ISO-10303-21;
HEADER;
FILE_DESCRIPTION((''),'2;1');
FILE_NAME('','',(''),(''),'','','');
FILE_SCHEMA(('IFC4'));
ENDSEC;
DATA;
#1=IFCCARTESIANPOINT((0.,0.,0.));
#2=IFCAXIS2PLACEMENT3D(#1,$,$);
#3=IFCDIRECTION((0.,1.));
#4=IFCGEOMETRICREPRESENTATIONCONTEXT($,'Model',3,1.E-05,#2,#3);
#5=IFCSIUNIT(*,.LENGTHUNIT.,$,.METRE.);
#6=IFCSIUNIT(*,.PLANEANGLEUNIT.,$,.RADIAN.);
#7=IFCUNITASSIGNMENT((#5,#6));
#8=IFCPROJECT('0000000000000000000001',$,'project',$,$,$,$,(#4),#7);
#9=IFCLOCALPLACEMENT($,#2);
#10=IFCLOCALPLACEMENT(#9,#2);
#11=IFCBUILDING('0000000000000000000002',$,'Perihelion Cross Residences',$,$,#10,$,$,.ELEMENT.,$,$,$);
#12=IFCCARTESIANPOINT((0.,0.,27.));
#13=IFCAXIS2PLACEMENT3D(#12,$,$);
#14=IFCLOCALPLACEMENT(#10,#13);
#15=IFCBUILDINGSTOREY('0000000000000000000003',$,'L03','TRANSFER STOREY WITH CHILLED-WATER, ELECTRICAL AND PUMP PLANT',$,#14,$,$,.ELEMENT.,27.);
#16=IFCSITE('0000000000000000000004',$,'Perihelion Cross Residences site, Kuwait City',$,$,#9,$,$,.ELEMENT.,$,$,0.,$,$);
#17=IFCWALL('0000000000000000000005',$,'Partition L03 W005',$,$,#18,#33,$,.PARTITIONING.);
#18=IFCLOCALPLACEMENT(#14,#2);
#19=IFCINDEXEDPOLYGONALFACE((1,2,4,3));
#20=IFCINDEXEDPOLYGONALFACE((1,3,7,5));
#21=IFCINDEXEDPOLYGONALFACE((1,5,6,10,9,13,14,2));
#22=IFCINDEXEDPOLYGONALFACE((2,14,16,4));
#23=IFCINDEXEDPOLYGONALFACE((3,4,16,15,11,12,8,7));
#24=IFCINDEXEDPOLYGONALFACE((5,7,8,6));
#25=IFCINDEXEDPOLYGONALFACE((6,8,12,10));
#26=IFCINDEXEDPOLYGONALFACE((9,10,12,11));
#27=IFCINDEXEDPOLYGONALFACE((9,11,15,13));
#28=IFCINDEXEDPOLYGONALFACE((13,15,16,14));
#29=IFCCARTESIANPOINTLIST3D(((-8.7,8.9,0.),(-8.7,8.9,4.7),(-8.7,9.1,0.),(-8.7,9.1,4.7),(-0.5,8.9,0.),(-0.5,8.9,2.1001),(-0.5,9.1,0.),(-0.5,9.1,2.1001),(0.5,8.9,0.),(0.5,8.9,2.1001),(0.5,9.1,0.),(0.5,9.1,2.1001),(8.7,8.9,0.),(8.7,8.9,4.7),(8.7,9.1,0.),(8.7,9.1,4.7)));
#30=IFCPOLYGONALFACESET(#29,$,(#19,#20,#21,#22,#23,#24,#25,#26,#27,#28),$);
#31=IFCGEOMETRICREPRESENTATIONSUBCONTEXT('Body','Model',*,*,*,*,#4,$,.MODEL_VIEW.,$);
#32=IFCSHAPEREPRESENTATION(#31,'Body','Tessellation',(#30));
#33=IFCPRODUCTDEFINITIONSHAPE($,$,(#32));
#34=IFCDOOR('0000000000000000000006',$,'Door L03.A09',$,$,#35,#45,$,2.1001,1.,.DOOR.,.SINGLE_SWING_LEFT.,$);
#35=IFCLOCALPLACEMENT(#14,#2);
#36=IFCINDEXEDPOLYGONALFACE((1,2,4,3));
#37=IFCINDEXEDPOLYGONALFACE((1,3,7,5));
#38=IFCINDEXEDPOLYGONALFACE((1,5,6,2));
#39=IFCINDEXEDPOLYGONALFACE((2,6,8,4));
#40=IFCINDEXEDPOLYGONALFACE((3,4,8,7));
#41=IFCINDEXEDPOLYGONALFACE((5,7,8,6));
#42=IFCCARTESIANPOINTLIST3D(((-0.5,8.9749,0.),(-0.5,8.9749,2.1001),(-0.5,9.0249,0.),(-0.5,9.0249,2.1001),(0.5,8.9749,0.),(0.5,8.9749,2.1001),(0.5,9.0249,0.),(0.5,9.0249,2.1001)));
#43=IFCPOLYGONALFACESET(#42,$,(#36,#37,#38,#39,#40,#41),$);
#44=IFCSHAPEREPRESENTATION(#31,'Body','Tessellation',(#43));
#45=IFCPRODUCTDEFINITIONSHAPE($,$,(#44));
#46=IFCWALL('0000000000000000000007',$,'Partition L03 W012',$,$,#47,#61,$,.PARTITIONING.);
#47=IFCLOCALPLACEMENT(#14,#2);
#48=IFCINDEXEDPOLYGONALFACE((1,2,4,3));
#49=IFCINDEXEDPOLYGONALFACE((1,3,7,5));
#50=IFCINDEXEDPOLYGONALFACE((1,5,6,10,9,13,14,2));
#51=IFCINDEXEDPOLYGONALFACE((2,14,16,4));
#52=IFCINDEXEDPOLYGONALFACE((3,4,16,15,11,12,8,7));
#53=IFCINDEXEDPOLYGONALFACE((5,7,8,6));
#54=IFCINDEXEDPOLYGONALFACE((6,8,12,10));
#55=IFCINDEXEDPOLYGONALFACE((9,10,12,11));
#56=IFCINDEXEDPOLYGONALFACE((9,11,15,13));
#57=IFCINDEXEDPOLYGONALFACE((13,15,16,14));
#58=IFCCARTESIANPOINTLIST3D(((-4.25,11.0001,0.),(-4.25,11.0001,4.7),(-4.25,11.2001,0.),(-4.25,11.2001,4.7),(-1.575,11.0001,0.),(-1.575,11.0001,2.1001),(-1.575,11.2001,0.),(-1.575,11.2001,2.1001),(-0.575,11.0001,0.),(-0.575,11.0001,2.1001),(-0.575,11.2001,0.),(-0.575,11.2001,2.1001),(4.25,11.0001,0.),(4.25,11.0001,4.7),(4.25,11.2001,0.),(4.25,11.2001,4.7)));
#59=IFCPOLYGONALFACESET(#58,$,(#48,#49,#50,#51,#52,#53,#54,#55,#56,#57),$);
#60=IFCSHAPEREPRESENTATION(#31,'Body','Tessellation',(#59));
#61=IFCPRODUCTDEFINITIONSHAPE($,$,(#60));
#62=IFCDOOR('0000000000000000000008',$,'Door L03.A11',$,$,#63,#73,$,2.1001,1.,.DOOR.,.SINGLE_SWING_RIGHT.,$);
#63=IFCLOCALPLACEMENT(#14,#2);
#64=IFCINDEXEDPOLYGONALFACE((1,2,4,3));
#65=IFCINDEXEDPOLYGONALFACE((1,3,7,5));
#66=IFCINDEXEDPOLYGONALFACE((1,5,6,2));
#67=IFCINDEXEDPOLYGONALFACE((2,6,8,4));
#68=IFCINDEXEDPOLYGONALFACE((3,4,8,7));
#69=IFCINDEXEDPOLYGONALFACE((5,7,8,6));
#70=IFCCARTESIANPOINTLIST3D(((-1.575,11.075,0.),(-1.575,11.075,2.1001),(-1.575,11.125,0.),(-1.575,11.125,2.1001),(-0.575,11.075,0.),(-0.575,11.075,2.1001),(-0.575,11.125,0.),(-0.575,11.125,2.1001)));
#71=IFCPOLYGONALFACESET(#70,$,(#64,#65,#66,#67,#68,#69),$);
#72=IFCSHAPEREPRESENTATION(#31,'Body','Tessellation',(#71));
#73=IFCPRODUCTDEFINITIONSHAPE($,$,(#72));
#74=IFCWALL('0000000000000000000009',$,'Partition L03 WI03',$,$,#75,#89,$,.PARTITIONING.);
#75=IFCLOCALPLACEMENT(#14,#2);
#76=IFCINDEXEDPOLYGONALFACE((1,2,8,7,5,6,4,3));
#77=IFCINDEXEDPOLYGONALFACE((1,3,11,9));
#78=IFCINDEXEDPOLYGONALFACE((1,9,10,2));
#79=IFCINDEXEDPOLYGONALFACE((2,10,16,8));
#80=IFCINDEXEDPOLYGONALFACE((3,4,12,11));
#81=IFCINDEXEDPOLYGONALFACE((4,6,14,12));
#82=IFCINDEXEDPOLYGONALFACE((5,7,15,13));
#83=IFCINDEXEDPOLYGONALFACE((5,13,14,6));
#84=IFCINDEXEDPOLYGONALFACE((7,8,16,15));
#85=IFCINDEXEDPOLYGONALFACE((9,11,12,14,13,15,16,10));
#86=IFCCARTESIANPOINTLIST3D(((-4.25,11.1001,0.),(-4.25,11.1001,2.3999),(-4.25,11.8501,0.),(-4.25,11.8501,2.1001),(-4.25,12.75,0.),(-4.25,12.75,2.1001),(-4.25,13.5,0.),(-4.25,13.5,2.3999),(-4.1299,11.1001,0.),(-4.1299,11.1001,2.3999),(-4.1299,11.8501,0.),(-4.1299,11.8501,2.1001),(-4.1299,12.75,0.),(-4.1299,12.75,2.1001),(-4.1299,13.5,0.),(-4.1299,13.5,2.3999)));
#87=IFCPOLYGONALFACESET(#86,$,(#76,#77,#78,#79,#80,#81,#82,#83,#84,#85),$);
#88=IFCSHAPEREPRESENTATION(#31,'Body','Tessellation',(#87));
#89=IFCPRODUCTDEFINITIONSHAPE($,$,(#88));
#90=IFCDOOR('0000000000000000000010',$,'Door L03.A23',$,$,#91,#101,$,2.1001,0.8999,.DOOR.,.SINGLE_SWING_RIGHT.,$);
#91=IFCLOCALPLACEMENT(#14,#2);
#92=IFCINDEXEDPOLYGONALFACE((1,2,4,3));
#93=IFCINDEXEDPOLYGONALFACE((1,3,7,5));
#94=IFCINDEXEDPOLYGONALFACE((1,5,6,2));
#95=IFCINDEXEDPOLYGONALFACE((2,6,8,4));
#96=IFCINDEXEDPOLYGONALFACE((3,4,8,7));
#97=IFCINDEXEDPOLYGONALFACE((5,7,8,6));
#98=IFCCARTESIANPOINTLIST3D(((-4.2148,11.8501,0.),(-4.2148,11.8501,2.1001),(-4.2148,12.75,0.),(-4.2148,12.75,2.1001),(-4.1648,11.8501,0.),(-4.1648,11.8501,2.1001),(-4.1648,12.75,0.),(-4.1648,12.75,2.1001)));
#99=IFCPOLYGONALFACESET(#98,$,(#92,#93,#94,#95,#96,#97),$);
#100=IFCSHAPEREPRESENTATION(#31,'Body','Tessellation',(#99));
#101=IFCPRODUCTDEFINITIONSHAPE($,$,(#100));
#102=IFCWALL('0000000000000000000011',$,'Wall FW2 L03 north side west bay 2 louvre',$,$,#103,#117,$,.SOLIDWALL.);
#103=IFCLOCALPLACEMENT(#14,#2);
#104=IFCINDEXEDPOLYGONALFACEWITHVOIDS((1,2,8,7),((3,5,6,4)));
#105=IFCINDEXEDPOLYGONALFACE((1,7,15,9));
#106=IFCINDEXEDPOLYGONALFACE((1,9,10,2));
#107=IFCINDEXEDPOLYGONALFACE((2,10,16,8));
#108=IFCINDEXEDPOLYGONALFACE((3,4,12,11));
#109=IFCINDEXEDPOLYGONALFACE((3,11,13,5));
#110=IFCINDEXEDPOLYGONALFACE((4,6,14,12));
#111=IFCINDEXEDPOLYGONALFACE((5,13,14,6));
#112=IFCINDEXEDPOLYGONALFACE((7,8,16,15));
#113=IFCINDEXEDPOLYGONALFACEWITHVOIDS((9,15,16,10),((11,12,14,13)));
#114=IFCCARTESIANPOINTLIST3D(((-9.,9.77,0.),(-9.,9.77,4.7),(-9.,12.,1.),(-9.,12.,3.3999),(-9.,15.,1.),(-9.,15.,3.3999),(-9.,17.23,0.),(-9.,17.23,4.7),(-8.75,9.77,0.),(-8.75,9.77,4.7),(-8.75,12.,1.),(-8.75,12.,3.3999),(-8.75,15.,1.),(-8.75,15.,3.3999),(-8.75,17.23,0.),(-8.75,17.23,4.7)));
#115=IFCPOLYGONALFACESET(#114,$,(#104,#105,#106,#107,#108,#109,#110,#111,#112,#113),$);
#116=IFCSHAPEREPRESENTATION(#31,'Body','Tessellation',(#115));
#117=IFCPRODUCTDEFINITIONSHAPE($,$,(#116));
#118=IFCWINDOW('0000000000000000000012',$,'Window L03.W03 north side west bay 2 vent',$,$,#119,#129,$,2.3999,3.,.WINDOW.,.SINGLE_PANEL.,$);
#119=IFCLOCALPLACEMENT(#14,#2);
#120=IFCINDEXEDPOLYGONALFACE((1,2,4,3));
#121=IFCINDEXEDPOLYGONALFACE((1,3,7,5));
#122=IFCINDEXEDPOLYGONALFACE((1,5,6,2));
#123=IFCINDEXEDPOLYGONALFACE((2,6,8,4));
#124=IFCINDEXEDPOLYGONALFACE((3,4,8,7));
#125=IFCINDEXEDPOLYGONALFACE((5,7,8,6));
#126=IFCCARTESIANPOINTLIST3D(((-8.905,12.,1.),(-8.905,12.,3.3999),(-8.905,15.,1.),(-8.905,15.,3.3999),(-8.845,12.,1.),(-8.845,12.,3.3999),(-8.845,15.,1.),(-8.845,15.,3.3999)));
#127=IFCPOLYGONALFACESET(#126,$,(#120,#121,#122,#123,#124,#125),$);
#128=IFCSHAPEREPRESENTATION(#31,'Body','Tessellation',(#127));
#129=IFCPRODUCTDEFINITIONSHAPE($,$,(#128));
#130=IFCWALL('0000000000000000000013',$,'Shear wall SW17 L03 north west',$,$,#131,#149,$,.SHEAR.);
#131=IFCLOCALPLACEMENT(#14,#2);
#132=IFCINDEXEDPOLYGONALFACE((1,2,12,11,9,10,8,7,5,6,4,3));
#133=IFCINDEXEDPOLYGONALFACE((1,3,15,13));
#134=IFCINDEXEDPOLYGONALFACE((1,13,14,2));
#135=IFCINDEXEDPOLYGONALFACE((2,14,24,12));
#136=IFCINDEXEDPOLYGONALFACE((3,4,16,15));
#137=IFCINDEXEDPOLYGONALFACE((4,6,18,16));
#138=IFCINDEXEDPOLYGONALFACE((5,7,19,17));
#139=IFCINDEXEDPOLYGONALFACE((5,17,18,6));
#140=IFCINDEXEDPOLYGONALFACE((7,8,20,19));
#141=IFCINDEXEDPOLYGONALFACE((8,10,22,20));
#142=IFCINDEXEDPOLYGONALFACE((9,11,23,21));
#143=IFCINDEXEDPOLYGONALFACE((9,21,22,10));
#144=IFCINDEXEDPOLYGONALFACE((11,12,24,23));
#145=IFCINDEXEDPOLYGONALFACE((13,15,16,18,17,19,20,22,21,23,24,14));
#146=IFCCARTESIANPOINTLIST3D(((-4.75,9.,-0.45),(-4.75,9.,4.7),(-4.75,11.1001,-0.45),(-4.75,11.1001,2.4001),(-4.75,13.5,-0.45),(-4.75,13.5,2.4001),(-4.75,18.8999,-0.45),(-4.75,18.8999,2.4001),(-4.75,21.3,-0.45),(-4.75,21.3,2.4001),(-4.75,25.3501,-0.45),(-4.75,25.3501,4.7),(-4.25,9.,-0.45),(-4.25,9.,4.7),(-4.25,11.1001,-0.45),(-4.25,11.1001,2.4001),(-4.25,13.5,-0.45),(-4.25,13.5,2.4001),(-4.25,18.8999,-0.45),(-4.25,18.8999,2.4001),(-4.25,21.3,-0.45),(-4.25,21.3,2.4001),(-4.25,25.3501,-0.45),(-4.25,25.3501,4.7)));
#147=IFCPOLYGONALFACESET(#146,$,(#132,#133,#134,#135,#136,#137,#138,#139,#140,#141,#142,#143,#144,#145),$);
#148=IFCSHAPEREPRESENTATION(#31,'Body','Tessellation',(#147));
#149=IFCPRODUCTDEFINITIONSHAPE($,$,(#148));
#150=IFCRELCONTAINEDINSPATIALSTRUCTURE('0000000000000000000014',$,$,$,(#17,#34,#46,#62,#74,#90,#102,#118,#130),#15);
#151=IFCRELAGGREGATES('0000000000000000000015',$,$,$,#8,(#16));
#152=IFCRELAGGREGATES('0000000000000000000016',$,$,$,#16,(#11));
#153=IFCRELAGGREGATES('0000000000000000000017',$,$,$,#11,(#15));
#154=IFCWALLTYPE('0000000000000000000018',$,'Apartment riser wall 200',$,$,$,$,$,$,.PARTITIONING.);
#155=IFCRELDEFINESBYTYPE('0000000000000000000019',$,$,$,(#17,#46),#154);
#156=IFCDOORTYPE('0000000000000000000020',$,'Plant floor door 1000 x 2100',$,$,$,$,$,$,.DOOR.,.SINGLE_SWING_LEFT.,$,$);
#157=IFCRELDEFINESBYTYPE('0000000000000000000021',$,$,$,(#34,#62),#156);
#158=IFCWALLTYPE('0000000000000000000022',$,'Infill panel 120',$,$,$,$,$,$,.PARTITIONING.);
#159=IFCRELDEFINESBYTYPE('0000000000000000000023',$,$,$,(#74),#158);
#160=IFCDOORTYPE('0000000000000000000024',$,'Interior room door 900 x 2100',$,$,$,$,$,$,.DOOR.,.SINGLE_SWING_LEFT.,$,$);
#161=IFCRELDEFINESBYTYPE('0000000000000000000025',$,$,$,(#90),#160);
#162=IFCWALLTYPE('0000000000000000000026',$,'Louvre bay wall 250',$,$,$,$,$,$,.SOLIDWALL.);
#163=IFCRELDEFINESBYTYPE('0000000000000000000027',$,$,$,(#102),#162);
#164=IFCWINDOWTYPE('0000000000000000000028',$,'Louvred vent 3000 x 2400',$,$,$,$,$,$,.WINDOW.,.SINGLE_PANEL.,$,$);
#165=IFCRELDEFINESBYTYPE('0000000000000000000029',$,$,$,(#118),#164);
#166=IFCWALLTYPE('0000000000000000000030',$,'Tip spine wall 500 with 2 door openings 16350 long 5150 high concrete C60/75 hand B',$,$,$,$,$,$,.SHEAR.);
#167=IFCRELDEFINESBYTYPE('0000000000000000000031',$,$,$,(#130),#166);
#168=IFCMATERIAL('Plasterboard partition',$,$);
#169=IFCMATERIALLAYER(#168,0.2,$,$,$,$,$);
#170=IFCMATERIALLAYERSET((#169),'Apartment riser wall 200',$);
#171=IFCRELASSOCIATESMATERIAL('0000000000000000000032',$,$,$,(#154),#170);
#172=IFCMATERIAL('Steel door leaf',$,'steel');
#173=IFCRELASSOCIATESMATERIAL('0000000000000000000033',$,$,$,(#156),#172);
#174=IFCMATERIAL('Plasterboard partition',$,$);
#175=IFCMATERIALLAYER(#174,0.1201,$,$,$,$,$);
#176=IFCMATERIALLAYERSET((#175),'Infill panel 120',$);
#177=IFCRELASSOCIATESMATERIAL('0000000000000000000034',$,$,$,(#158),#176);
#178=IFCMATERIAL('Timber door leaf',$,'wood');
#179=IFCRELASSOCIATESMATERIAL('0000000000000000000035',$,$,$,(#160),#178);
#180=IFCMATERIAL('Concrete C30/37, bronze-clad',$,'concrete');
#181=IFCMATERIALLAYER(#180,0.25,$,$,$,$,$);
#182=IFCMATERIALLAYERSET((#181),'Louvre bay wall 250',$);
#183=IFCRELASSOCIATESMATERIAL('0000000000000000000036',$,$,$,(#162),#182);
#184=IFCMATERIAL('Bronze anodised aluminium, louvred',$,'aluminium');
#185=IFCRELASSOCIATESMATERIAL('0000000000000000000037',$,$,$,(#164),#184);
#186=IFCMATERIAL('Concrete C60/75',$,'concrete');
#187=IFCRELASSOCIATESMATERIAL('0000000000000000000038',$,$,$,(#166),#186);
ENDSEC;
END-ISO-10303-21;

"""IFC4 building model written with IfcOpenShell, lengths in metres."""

from ifc_helpers import new_model, si_unit, direction, frame, frame_2d, origin, place, context, subcontext, project, spatial, polyline, rectangle, outline, extrude, material, layer, layer_set, material_profile, profile_set, type_object, element, fill, save


model = new_model("IFC4")

# Units and contexts
model_context = context("Model", 3, precision=1e-05, world=origin(), true_north=direction((0.0, 1.0)))
body_context = subcontext(model_context, "Body", "Model", "MODEL_VIEW")
ifc_project = project(units=[si_unit("LENGTHUNIT", "METRE"), si_unit("PLANEANGLEUNIT", "RADIAN")], contexts=[model_context])

# Site, building, storey
site_placement = place(None, origin())
site = spatial("IfcSite", under=ifc_project, at=site_placement, Name="Perihelion Cross Residences site, Kuwait City", CompositionType="ELEMENT", RefElevation=0.0)
building_placement = place(site_placement, origin())
building = spatial("IfcBuilding", under=site, at=building_placement, Name="Perihelion Cross Residences", CompositionType="ELEMENT")
storey_placement = place(building_placement, frame((0.0, 0.0, 27.0)))
storey = spatial("IfcBuildingStorey", under=building, at=storey_placement, Name="L03", Description="TRANSFER STOREY WITH CHILLED-WATER, ELECTRICAL AND PUMP PLANT", CompositionType="ELEMENT", Elevation=27.0)

# Walls, openings, doors
ifc_material_1 = material(Name="Plasterboard partition")
ifc_layer_1 = layer(ifc_material_1, 0.2)
ifc_layer_set_1 = layer_set([ifc_layer_1], Name="Apartment riser wall 200")
wall_type_1 = type_object("IfcWallType", Name="Apartment riser wall 200", PredefinedType="PARTITIONING", material=ifc_layer_set_1)
wall_1_placement = place(storey_placement, frame((-8.7, 9.0, 0.0), z_axis=(0.0, 0.0, 1.0), x_axis=(1.0, 0.0, 0.0)))
wall_1 = element("IfcWall", 1, at=wall_1_placement, inside=storey, type_object=wall_type_1, Name="Partition L03 W005", PredefinedType="PARTITIONING", context=body_context, shape_type="SweptSolid", body=[
    extrude(rectangle(XDim=17.3999, YDim=0.2, at=frame_2d((8.7, 0.0))), origin(), (0.0, 0.0, 1.0), 4.7),
])
opening_1_placement = place(wall_1_placement, frame((8.2, 0.0, 0.0)))
opening_1 = element("IfcOpeningElement", 2, at=opening_1_placement, cuts=wall_1, PredefinedType="OPENING", context=body_context, shape_type="SweptSolid", body=[
    extrude(rectangle(XDim=1.0, YDim=2.1001, at=frame_2d((0.5, 1.05))), frame((0.0, 0.1099, 0.0), z_axis=(0.0, -1.0, 0.0), x_axis=(1.0, 0.0, 0.0)), (0.0, 0.0, 1.0), 0.22),
])
ifc_material_2 = material(Name="Steel door leaf", Category="steel")
door_type_1 = type_object("IfcDoorType", Name="Plant floor door 1000 x 2100", OperationType="SINGLE_SWING_LEFT", PredefinedType="DOOR", material=ifc_material_2)
door_1_placement = place(opening_1_placement, origin())
door_1 = element("IfcDoor", 3, at=door_1_placement, inside=storey, type_object=door_type_1, Name="Door L03.A09", OperationType="SINGLE_SWING_LEFT", OverallHeight=2.1001, OverallWidth=1.0, PredefinedType="DOOR", context=body_context, shape_type="SweptSolid", body=[
    extrude(rectangle(XDim=1.0, YDim=2.1001, at=frame_2d((0.5, 1.05))), frame((0.0, 0.0249, 0.0), z_axis=(0.0, -1.0, 0.0), x_axis=(1.0, 0.0, 0.0)), (0.0, 0.0, 1.0), 0.05),
])
fill(opening_1, door_1)
wall_2_placement = place(storey_placement, frame((-4.25, 11.1001, 0.0), z_axis=(0.0, 0.0, 1.0), x_axis=(1.0, 0.0, 0.0)))
wall_2 = element("IfcWall", 4, at=wall_2_placement, inside=storey, type_object=wall_type_1, Name="Partition L03 W012", PredefinedType="PARTITIONING", context=body_context, shape_type="SweptSolid", body=[
    extrude(rectangle(XDim=8.5, YDim=0.2, at=frame_2d((4.25, 0.0))), origin(), (0.0, 0.0, 1.0), 4.7),
])
opening_2_placement = place(wall_2_placement, frame((2.675, 0.0, 0.0)))
opening_2 = element("IfcOpeningElement", 5, at=opening_2_placement, cuts=wall_2, PredefinedType="OPENING", context=body_context, shape_type="SweptSolid", body=[
    extrude(rectangle(XDim=1.0, YDim=2.1001, at=frame_2d((0.5, 1.05))), frame((0.0, 0.1099, 0.0), z_axis=(0.0, -1.0, 0.0), x_axis=(1.0, 0.0, 0.0)), (0.0, 0.0, 1.0), 0.22),
])
door_2_placement = place(opening_2_placement, origin())
door_2 = element("IfcDoor", 6, at=door_2_placement, inside=storey, type_object=door_type_1, Name="Door L03.A11", OperationType="SINGLE_SWING_RIGHT", OverallHeight=2.1001, OverallWidth=1.0, PredefinedType="DOOR", context=body_context, shape_type="SweptSolid", body=[
    extrude(rectangle(XDim=1.0, YDim=2.1001, at=frame_2d((0.5, 1.05))), frame((0.0, 0.0249, 0.0), z_axis=(0.0, -1.0, 0.0), x_axis=(1.0, 0.0, 0.0)), (0.0, 0.0, 1.0), 0.05),
])
fill(opening_2, door_2)
ifc_material_3 = material(Name="Plasterboard partition")
ifc_layer_2 = layer(ifc_material_3, 0.1201)
ifc_layer_set_2 = layer_set([ifc_layer_2], Name="Infill panel 120")
wall_type_2 = type_object("IfcWallType", Name="Infill panel 120", PredefinedType="PARTITIONING", material=ifc_layer_set_2)
wall_3_placement = place(storey_placement, frame((-4.1899, 11.1001, 0.0), z_axis=(0.0, 0.0, 1.0), x_axis=(0.0, 1.0, 0.0)))
wall_3 = element("IfcWall", 7, at=wall_3_placement, inside=storey, type_object=wall_type_2, Name="Partition L03 WI03", PredefinedType="PARTITIONING", context=body_context, shape_type="SweptSolid", body=[
    extrude(rectangle(XDim=2.3999, YDim=0.1201, at=frame_2d((1.2, 0.0))), origin(), (0.0, 0.0, 1.0), 2.3999),
])
opening_3_placement = place(wall_3_placement, frame((0.75, 0.0, 0.0)))
opening_3 = element("IfcOpeningElement", 8, at=opening_3_placement, cuts=wall_3, PredefinedType="OPENING", context=body_context, shape_type="SweptSolid", body=[
    extrude(rectangle(XDim=0.8999, YDim=2.1001, at=frame_2d((0.45, 1.05))), frame((0.0, 0.0701, 0.0), z_axis=(0.0, -1.0, 0.0), x_axis=(1.0, 0.0, 0.0)), (0.0, 0.0, 1.0), 0.1401),
])
ifc_material_4 = material(Name="Timber door leaf", Category="wood")
door_type_2 = type_object("IfcDoorType", Name="Interior room door 900 x 2100", OperationType="SINGLE_SWING_LEFT", PredefinedType="DOOR", material=ifc_material_4)
door_3_placement = place(opening_3_placement, origin())
door_3 = element("IfcDoor", 9, at=door_3_placement, inside=storey, type_object=door_type_2, Name="Door L03.A23", OperationType="SINGLE_SWING_RIGHT", OverallHeight=2.1001, OverallWidth=0.8999, PredefinedType="DOOR", context=body_context, shape_type="SweptSolid", body=[
    extrude(rectangle(XDim=0.8999, YDim=2.1001, at=frame_2d((0.45, 1.05))), frame((0.0, 0.0249, 0.0), z_axis=(0.0, -1.0, 0.0), x_axis=(1.0, 0.0, 0.0)), (0.0, 0.0, 1.0), 0.05),
])
fill(opening_3, door_3)

# Wall, opening, window
ifc_material_5 = material(Name="Concrete C30/37, bronze-clad", Category="concrete")
ifc_layer_3 = layer(ifc_material_5, 0.25)
ifc_layer_set_3 = layer_set([ifc_layer_3], Name="Louvre bay wall 250")
wall_type_3 = type_object("IfcWallType", Name="Louvre bay wall 250", PredefinedType="SOLIDWALL", material=ifc_layer_set_3)
wall_4_placement = place(storey_placement, frame((-8.875, 17.23, 0.0), z_axis=(0.0, 0.0, 1.0), x_axis=(0.0, -1.0, 0.0)))
wall_4 = element("IfcWall", 10, at=wall_4_placement, inside=storey, type_object=wall_type_3, Name="Wall FW2 L03 north side west bay 2 louvre", PredefinedType="SOLIDWALL", context=body_context, shape_type="SweptSolid", body=[
    extrude(rectangle(XDim=7.46, YDim=0.25, at=frame_2d((3.73, 0.0))), origin(), (0.0, 0.0, 1.0), 4.7),
])
opening_4_placement = place(wall_4_placement, frame((2.23, 0.0, 1.0)))
opening_4 = element("IfcOpeningElement", 11, at=opening_4_placement, cuts=wall_4, PredefinedType="OPENING", context=body_context, shape_type="SweptSolid", body=[
    extrude(rectangle(XDim=3.0, YDim=2.3999, at=frame_2d((1.5, 1.2))), frame((0.0, 0.135, 0.0), z_axis=(0.0, -1.0, 0.0), x_axis=(1.0, 0.0, 0.0)), (0.0, 0.0, 1.0), 0.27),
])
ifc_material_6 = material(Name="Bronze anodised aluminium, louvred", Category="aluminium")
window_type = type_object("IfcWindowType", Name="Louvred vent 3000 x 2400", PartitioningType="SINGLE_PANEL", PredefinedType="WINDOW", material=ifc_material_6)
window_placement = place(opening_4_placement, origin())
window = element("IfcWindow", 12, at=window_placement, inside=storey, type_object=window_type, Name="Window L03.W03 north side west bay 2 vent", OverallHeight=2.3999, OverallWidth=3.0, PartitioningType="SINGLE_PANEL", PredefinedType="WINDOW", context=body_context, shape_type="SweptSolid", body=[
    extrude(rectangle(XDim=3.0, YDim=2.3999, at=frame_2d((1.5, 1.2))), frame((0.0, 0.03, 0.0), z_axis=(0.0, -1.0, 0.0), x_axis=(1.0, 0.0, 0.0)), (0.0, 0.0, 1.0), 0.0601),
])
fill(opening_4, window)

# Wall
ifc_material_7 = material(Name="Concrete C60/75", Category="concrete")
ifc_material_profile_1 = material_profile(ifc_material_7, outline(polyline([(0.0, 0.0), (2.1001, 0.0), (2.1001, 2.8501), (4.5, 2.8501), (4.5, 0.0), (9.8999, 0.0), (9.8999, 2.8501), (12.3, 2.8501), (12.3, 0.0), (16.3501, 0.0), (16.3501, 5.1499), (0.0, 5.1499), (0.0, 0.0)])), Name="Tip spine wall")
ifc_profile_set_1 = profile_set([ifc_material_profile_1], Name="Concrete C60/75")
wall_type_4 = type_object("IfcWallType", Name="Tip spine wall 500 with 2 door openings 16350 long 5150 high concrete C60/75 hand B", PredefinedType="SHEAR", material=ifc_profile_set_1)
wall_5_placement = place(storey_placement, frame((-4.75, 9.0, -0.45), z_axis=(1.0, 0.0, 0.0), x_axis=(0.0, 1.0, 0.0)))
element("IfcWall", 13, at=wall_5_placement, inside=storey, type_object=wall_type_4, Name="Shear wall SW17 L03 north west", PredefinedType="SHEAR", context=body_context, shape_type="SweptSolid", body=[
    extrude(outline(polyline([(0.0, 0.0), (2.1001, 0.0), (2.1001, 2.8501), (4.5, 2.8501), (4.5, 0.0), (9.8999, 0.0), (9.8999, 2.8501), (12.3, 2.8501), (12.3, 0.0), (16.3501, 0.0), (16.3501, 5.1499), (0.0, 5.1499), (0.0, 0.0)])), origin(), (0.0, 0.0, 1.0), 0.5),
])

save(model, "model.ifc")
